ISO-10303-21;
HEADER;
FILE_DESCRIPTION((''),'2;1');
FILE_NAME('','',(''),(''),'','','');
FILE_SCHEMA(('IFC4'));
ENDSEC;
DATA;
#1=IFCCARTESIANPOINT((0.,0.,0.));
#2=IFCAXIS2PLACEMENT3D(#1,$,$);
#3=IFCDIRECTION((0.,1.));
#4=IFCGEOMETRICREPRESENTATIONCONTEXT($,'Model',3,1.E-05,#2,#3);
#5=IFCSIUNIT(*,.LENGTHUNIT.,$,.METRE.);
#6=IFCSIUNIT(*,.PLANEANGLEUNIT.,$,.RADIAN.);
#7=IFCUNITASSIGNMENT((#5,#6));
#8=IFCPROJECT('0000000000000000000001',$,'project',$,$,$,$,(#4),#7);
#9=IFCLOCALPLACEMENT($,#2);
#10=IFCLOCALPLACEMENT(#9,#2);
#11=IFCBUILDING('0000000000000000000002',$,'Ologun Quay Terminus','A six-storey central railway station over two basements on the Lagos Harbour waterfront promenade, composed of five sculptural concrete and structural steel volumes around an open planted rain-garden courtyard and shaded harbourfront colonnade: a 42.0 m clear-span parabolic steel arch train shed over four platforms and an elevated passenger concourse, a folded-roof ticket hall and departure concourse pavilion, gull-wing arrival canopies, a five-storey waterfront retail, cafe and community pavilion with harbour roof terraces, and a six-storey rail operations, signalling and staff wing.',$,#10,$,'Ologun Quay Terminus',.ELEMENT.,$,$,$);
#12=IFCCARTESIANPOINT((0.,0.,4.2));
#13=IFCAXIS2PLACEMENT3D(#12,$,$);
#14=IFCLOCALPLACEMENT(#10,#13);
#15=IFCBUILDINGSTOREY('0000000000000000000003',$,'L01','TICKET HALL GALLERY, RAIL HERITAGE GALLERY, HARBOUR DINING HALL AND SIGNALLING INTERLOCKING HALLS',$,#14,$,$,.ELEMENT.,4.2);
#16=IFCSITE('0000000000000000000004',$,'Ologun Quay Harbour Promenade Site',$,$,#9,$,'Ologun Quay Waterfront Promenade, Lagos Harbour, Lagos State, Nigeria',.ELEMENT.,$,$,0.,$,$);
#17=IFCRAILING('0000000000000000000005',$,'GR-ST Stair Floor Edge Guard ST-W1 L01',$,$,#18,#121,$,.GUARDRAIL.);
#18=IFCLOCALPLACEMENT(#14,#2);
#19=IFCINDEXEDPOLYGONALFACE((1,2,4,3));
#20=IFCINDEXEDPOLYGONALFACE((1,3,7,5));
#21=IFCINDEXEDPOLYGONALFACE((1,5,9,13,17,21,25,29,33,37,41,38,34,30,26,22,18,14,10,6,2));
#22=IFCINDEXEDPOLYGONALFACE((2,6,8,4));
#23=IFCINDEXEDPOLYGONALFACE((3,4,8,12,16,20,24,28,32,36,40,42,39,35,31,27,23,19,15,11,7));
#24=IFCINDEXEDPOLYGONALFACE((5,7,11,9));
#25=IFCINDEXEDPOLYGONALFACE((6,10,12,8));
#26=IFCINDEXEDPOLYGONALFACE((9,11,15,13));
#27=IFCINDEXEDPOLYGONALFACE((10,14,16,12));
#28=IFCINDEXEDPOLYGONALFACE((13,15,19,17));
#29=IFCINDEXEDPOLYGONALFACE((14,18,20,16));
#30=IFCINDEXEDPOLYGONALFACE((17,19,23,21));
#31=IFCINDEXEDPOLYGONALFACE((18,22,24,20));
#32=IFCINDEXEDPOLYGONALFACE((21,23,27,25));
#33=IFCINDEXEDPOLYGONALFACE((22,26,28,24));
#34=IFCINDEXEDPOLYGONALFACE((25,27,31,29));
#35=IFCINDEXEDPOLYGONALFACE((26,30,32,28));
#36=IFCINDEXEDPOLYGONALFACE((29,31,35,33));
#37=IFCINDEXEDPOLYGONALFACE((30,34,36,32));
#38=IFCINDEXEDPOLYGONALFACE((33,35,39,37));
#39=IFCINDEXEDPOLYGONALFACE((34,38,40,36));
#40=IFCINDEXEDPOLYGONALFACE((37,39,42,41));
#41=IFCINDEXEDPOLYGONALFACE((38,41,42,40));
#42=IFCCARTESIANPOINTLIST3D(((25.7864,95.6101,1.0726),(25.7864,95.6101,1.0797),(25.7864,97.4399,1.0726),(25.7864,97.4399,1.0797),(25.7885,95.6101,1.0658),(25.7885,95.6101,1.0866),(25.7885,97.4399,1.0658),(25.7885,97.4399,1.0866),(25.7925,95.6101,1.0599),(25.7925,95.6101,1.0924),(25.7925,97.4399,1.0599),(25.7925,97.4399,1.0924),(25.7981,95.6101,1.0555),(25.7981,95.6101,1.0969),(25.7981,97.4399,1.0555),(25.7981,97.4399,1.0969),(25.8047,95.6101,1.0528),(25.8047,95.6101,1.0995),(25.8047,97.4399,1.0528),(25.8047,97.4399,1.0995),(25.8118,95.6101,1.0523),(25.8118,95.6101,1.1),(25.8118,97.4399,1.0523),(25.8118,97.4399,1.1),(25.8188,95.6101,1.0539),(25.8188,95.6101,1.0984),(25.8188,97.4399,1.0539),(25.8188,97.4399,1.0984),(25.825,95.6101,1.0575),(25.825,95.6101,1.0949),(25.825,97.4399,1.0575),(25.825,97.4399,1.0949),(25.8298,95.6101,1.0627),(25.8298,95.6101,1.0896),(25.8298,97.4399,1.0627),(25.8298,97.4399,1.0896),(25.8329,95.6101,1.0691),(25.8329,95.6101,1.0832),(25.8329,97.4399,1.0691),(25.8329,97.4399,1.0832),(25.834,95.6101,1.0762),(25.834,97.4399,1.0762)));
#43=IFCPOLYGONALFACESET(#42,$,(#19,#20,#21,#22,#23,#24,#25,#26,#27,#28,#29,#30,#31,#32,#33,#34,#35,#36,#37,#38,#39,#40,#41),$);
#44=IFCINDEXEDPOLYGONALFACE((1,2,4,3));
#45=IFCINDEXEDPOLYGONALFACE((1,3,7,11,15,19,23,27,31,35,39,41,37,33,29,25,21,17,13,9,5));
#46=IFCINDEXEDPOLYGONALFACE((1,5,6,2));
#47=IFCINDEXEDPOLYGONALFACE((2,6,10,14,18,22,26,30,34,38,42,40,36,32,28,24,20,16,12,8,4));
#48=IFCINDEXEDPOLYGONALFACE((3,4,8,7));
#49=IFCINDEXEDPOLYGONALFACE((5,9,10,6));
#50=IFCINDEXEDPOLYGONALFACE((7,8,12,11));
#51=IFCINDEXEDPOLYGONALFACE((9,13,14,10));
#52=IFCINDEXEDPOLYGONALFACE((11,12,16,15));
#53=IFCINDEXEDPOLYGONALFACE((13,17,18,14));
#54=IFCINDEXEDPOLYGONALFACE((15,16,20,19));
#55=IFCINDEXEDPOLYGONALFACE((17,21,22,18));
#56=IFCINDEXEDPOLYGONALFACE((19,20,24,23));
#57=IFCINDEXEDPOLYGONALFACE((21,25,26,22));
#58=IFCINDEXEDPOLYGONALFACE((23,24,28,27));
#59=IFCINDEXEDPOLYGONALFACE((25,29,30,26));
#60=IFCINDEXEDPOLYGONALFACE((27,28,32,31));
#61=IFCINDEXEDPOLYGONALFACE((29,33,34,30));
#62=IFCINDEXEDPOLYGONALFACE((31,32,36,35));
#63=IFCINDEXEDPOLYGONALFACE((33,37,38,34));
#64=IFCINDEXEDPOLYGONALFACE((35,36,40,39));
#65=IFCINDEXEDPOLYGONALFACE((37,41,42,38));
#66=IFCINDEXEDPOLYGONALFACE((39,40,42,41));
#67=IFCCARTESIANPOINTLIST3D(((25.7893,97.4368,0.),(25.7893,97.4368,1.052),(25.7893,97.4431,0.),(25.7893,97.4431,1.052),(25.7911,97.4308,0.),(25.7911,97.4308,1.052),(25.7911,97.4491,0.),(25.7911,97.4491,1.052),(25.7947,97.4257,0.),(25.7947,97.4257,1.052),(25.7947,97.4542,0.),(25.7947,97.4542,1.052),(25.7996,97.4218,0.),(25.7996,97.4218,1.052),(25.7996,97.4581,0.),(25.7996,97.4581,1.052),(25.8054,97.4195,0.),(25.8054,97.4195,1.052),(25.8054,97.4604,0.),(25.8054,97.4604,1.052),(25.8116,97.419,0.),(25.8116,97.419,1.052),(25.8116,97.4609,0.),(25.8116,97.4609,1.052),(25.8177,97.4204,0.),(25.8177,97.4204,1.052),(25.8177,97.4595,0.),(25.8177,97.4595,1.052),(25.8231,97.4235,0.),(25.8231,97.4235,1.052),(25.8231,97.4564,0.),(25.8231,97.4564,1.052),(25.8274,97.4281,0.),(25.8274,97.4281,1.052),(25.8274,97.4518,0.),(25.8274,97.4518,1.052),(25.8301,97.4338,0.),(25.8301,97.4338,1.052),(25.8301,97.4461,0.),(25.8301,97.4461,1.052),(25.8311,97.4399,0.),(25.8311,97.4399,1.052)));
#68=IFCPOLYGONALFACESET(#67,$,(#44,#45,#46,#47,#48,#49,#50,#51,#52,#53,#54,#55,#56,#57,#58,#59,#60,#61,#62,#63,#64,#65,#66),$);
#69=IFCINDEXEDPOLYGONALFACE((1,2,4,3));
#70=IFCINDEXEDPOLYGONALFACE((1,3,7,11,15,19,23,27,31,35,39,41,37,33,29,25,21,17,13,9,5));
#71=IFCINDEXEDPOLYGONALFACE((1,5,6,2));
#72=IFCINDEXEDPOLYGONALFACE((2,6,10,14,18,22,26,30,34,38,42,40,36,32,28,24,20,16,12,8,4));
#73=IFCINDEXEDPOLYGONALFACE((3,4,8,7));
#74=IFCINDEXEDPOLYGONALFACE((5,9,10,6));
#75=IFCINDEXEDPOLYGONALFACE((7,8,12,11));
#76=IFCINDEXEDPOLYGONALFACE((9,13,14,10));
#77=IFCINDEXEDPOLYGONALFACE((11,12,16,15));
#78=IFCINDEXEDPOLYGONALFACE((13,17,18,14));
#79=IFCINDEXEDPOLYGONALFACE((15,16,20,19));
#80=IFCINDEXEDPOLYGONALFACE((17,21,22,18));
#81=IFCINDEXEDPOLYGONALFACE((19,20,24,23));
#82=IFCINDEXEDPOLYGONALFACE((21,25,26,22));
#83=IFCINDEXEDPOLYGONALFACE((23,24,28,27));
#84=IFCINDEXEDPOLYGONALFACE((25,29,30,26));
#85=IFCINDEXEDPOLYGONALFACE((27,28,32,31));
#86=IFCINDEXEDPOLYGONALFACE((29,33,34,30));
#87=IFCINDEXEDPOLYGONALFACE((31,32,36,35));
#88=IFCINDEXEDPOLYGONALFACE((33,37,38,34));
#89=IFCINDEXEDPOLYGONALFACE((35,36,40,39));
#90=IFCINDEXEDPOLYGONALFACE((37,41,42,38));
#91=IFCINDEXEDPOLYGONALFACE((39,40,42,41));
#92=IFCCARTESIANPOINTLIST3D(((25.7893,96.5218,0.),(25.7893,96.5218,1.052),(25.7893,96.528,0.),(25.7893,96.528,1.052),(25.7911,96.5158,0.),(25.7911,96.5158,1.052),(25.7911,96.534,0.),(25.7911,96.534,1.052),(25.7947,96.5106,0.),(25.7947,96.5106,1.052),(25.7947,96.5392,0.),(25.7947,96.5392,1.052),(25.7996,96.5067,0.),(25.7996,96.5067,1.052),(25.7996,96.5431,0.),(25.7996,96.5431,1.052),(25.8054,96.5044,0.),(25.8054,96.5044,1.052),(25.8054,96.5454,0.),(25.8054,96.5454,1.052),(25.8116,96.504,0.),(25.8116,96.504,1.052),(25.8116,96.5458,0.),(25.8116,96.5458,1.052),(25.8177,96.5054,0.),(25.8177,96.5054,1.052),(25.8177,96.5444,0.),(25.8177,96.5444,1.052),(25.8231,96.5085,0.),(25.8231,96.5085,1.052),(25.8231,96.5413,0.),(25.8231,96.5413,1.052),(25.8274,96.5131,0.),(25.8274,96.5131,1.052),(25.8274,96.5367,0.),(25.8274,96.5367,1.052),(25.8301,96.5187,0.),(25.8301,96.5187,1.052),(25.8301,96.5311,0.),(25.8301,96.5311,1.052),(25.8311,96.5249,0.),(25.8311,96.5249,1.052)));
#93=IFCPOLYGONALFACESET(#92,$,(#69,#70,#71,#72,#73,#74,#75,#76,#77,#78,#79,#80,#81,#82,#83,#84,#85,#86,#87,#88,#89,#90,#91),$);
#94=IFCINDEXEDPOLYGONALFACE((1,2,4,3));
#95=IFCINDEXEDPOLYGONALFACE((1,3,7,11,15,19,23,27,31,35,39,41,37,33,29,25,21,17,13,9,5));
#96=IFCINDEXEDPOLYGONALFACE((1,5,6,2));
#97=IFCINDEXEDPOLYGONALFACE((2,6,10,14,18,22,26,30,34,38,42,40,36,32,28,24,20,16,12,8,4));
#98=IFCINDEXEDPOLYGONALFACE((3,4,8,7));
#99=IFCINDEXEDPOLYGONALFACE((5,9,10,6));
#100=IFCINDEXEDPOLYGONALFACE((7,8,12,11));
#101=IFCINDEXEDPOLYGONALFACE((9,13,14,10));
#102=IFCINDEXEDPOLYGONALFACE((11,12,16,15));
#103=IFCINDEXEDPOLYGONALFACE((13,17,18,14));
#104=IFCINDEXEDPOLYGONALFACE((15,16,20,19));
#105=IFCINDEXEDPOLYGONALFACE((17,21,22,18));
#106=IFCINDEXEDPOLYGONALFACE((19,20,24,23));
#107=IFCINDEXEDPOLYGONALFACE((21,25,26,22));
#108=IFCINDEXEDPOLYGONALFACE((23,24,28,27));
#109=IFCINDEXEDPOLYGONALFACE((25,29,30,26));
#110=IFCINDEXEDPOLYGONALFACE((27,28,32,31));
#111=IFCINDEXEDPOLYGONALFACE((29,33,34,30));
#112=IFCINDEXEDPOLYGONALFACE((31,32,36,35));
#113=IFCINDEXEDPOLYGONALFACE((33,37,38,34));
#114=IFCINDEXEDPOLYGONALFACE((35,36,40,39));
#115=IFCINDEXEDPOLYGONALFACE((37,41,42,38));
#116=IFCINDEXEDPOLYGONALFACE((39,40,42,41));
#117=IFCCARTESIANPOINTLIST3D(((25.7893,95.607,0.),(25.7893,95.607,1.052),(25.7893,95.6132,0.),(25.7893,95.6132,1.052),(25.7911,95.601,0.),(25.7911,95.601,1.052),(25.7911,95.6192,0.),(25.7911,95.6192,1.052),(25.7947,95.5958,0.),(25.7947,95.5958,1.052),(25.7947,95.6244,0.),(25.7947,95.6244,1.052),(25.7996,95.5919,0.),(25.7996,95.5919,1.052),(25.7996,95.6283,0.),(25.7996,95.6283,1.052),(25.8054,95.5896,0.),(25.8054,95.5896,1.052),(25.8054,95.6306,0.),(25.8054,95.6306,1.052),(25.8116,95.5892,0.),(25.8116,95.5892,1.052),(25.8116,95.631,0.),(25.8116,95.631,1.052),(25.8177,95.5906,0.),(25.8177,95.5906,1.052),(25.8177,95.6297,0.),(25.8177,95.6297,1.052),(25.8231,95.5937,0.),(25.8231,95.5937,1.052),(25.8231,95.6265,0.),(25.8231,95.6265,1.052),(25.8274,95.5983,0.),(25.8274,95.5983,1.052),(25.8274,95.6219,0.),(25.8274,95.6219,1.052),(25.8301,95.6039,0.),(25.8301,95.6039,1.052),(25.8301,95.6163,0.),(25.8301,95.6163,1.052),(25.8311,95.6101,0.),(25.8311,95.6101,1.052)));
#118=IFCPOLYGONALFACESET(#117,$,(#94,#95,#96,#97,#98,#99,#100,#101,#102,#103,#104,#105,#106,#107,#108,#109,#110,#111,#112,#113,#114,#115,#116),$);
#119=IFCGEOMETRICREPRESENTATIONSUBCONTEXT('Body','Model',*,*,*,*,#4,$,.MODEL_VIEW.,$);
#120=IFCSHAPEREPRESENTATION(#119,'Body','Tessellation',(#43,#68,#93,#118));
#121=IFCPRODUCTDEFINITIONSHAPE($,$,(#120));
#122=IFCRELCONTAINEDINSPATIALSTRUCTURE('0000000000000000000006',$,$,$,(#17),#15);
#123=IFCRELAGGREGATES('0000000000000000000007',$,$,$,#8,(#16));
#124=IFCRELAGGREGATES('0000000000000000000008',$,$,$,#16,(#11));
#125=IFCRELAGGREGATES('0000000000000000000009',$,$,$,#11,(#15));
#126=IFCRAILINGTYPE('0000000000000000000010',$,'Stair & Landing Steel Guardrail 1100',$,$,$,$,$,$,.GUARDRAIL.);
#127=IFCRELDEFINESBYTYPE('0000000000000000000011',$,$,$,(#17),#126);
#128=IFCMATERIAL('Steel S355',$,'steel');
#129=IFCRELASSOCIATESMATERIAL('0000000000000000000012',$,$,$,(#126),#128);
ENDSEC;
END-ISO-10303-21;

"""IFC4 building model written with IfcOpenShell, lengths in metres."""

from ifc_helpers import new_model, si_unit, direction, frame, origin, origin_2d, place, context, subcontext, project, spatial, circle, extrude, material, type_object, element, save


model = new_model("IFC4")

# Units and contexts
model_context = context("Model", 3, precision=1e-05, world=origin(), true_north=direction((0.0, 1.0)))
body_context = subcontext(model_context, "Body", "Model", "MODEL_VIEW")
ifc_project = project(units=[si_unit("LENGTHUNIT", "METRE"), si_unit("PLANEANGLEUNIT", "RADIAN")], contexts=[model_context])

# Site, building, storey
site_placement = place(None, origin())
site = spatial("IfcSite", under=ifc_project, at=site_placement, Name="Ologun Quay Harbour Promenade Site", LongName="Ologun Quay Waterfront Promenade, Lagos Harbour, Lagos State, Nigeria", CompositionType="ELEMENT", RefElevation=0.0)
building_placement = place(site_placement, origin())
building = spatial("IfcBuilding", under=site, at=building_placement, Name="Ologun Quay Terminus", Description="A six-storey central railway station over two basements on the Lagos Harbour waterfront promenade, composed of five sculptural concrete and structural steel volumes around an open planted rain-garden courtyard and shaded harbourfront colonnade: a 42.0 m clear-span parabolic steel arch train shed over four platforms and an elevated passenger concourse, a folded-roof ticket hall and departure concourse pavilion, gull-wing arrival canopies, a five-storey waterfront retail, cafe and community pavilion with harbour roof terraces, and a six-storey rail operations, signalling and staff wing.", LongName="Ologun Quay Terminus", CompositionType="ELEMENT")
storey_placement = place(building_placement, frame((0.0, 0.0, 4.2)))
storey = spatial("IfcBuildingStorey", under=building, at=storey_placement, Name="L01", Description="TICKET HALL GALLERY, RAIL HERITAGE GALLERY, HARBOUR DINING HALL AND SIGNALLING INTERLOCKING HALLS", CompositionType="ELEMENT", Elevation=4.2)

# Railing
ifc_material_1 = material(Name="Steel S355", Category="steel")
railing_type_1 = type_object("IfcRailingType", Name="Stair & Landing Steel Guardrail 1100", PredefinedType="GUARDRAIL", material=ifc_material_1)
railing_1_placement = place(storey_placement, frame((25.8101, 97.4399, 0.0)))
element("IfcRailing", 1, at=railing_1_placement, inside=storey, type_object=railing_type_1, Name="GR-ST Stair Floor Edge Guard ST-W1 L01", PredefinedType="GUARDRAIL", context=body_context, shape_type="SweptSolid", body=[
    extrude(circle(Radius=0.0239, at=origin_2d()), frame((0.0, 0.0, 1.0762), z_axis=(0.0, -1.0, 0.0), x_axis=(1.0, 0.0, 0.0)), (0.0, 0.0, 1.0), 1.8298),
    extrude(circle(Radius=0.021, at=origin_2d()), origin(), (0.0, 0.0, 1.0), 1.052),
    extrude(circle(Radius=0.021, at=origin_2d()), frame((0.0, -0.915, 0.0)), (0.0, 0.0, 1.0), 1.052),
    extrude(circle(Radius=0.021, at=origin_2d()), frame((0.0, -1.8298, 0.0)), (0.0, 0.0, 1.0), 1.052),
])

save(model, "model.ifc")
